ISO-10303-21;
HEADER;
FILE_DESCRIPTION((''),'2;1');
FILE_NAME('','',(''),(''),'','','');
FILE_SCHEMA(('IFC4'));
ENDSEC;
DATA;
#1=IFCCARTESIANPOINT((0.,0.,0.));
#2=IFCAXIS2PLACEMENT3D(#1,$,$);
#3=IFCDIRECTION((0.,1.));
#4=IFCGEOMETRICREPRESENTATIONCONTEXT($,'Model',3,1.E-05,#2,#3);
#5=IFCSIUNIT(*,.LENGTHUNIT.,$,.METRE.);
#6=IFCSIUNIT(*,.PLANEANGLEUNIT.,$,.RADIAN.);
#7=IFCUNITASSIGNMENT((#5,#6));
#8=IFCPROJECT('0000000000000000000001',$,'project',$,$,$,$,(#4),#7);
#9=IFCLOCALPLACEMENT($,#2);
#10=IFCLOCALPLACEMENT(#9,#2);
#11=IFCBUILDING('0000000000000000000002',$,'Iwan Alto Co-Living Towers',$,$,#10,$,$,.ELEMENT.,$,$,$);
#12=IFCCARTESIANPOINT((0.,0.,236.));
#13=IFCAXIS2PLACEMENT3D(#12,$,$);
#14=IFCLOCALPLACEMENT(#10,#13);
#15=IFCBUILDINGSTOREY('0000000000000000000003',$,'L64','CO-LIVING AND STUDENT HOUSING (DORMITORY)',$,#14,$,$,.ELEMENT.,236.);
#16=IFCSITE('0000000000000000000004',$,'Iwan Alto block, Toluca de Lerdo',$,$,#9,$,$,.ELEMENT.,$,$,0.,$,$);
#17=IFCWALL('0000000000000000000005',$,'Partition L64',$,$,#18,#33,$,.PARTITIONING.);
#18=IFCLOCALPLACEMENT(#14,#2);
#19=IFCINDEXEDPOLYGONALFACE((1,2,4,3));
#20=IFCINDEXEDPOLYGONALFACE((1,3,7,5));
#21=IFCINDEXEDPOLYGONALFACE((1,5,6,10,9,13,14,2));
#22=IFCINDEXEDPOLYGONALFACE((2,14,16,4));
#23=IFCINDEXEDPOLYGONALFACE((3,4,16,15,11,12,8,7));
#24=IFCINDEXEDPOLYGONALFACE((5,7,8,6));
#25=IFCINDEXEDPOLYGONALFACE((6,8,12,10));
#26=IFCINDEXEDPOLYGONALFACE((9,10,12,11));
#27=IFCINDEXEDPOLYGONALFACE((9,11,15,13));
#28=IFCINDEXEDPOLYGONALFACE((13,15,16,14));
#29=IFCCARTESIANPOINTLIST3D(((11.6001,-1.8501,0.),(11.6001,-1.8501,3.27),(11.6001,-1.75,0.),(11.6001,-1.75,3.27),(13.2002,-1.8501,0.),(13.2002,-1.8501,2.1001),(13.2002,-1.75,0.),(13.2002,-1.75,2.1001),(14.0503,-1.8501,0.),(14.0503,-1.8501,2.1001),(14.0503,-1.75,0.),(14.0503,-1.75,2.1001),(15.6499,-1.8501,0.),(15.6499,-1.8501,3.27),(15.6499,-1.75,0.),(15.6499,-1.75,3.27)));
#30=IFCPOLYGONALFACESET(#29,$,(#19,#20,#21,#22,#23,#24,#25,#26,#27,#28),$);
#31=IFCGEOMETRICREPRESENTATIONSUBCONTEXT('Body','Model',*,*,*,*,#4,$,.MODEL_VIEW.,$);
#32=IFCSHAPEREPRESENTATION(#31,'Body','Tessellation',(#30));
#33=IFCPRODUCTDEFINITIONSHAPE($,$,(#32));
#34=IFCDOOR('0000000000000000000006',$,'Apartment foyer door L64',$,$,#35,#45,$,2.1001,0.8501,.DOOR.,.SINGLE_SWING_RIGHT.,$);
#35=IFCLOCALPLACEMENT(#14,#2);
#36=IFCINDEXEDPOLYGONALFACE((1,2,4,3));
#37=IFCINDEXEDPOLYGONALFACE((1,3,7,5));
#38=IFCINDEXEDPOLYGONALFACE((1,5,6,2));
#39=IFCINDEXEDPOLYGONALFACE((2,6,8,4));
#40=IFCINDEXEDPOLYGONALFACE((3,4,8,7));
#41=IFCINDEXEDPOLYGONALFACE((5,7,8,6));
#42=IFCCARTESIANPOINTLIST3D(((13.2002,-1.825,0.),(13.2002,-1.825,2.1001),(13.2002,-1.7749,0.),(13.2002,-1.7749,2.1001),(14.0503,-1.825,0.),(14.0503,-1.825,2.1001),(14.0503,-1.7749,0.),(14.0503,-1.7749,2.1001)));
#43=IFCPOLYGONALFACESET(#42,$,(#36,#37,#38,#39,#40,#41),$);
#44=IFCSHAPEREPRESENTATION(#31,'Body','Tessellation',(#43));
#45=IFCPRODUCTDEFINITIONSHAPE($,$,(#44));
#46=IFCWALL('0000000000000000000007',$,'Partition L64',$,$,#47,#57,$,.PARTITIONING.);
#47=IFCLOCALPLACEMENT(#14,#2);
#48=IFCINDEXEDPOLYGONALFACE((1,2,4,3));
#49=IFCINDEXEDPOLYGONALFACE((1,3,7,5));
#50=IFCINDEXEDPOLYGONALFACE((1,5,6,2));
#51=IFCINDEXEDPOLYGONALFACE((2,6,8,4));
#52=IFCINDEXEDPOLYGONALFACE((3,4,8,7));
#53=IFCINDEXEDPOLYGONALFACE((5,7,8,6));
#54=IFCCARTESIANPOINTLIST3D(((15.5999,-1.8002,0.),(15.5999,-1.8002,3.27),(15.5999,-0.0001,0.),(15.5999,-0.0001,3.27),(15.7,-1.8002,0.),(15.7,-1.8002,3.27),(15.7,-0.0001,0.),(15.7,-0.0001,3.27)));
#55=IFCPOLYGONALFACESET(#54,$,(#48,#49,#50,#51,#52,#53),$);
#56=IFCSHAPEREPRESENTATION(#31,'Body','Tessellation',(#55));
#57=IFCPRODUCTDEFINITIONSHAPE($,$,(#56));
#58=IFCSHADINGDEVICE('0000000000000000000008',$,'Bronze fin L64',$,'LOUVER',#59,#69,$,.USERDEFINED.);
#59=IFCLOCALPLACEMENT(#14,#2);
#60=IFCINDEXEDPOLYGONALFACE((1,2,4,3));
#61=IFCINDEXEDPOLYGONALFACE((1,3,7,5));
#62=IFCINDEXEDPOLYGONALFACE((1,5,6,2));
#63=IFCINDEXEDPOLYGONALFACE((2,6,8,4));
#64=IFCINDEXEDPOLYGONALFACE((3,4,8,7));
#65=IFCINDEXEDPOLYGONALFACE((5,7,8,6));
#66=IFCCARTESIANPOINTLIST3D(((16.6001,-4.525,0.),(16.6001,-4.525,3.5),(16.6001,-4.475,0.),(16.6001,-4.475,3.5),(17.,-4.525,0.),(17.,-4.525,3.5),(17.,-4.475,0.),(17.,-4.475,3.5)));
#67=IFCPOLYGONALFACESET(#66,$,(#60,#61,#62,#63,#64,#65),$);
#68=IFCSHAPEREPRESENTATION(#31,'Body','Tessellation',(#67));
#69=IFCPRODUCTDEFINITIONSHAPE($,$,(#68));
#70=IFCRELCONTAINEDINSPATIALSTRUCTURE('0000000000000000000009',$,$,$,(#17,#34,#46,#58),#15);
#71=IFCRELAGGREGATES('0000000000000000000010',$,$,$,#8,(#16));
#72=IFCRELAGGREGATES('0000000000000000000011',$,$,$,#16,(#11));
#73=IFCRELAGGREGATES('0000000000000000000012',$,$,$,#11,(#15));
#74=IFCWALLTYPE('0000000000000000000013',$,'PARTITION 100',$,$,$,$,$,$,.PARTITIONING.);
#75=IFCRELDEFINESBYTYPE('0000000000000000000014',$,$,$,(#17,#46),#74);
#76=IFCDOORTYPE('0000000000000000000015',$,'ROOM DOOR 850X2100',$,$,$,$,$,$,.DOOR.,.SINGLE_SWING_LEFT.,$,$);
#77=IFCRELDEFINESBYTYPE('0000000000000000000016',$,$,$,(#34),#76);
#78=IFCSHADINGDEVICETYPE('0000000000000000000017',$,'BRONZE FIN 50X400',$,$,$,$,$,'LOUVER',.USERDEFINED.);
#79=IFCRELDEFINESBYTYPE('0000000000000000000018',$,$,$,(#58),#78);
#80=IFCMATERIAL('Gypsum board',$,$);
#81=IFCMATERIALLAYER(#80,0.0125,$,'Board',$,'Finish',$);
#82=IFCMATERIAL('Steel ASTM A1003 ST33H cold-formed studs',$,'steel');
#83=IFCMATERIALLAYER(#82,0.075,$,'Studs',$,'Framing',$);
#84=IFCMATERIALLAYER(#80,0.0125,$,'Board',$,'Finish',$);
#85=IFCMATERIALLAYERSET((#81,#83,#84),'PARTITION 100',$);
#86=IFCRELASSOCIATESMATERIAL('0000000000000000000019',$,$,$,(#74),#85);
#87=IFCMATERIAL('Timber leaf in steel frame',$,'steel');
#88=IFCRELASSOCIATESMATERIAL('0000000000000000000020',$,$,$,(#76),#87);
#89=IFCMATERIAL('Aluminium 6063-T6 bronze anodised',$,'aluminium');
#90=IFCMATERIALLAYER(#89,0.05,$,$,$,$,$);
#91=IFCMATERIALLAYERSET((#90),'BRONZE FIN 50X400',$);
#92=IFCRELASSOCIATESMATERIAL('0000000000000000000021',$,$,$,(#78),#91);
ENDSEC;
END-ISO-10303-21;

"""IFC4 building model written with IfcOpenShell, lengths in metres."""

from ifc_helpers import new_model, si_unit, direction, frame, frame_2d, origin, origin_2d, place, context, subcontext, project, spatial, rectangle, extrude, material, layer, layer_set, type_object, element, fill, save


model = new_model("IFC4")

# Units and contexts
model_context = context("Model", 3, precision=1e-05, world=origin(), true_north=direction((0.0, 1.0)))
body_context = subcontext(model_context, "Body", "Model", "MODEL_VIEW")
ifc_project = project(units=[si_unit("LENGTHUNIT", "METRE"), si_unit("PLANEANGLEUNIT", "RADIAN")], contexts=[model_context])

# Site, building, storey
site_placement = place(None, origin())
site = spatial("IfcSite", under=ifc_project, at=site_placement, Name="Iwan Alto block, Toluca de Lerdo", CompositionType="ELEMENT", RefElevation=0.0)
building_placement = place(site_placement, origin())
building = spatial("IfcBuilding", under=site, at=building_placement, Name="Iwan Alto Co-Living Towers", CompositionType="ELEMENT")
storey_placement = place(building_placement, frame((0.0, 0.0, 236.0)))
storey = spatial("IfcBuildingStorey", under=building, at=storey_placement, Name="L64", Description="CO-LIVING AND STUDENT HOUSING (DORMITORY)", CompositionType="ELEMENT", Elevation=236.0)

# Shared definitions
ifc_material_1 = material(Name="Gypsum board")
ifc_material_2 = material(Name="Steel ASTM A1003 ST33H cold-formed studs", Category="steel")

# Shared definitions
ifc_layer_1 = layer(ifc_material_1, 0.0125, Name="Board", Category="Finish")
ifc_layer_2 = layer(ifc_material_2, 0.075, Name="Studs", Category="Framing")
ifc_layer_3 = layer(ifc_material_1, 0.0125, Name="Board", Category="Finish")
ifc_layer_set_1 = layer_set([ifc_layer_1, ifc_layer_2, ifc_layer_3], Name="PARTITION 100")
wall_type_1 = type_object("IfcWallType", Name="PARTITION 100", PredefinedType="PARTITIONING", material=ifc_layer_set_1)

# Wall, opening, door
wall_1_placement = place(storey_placement, frame((11.6001, -1.8, 0.0), z_axis=(0.0, 0.0, 1.0), x_axis=(1.0, 0.0, 0.0)))
wall_1 = element("IfcWall", 1, at=wall_1_placement, inside=storey, type_object=wall_type_1, Name="Partition L64", PredefinedType="PARTITIONING", context=body_context, shape_type="SweptSolid", body=[
    extrude(rectangle(XDim=4.0498, YDim=0.1001, at=frame_2d((2.0249, 0.0))), origin(), (0.0, 0.0, 1.0), 3.27),
])
opening_1_placement = place(wall_1_placement, frame((1.6001, 0.0, 0.0)))
opening_1 = element("IfcOpeningElement", 2, at=opening_1_placement, cuts=wall_1, PredefinedType="OPENING", context=body_context, shape_type="SweptSolid", body=[
    extrude(rectangle(XDim=0.8501, YDim=2.1001, at=frame_2d((0.425, 1.05))), frame((0.0, 0.0601, 0.0), z_axis=(0.0, -1.0, 0.0), x_axis=(1.0, 0.0, 0.0)), (0.0, 0.0, 1.0), 0.1201),
])
ifc_material_3 = material(Name="Timber leaf in steel frame", Category="steel")
door_type_1 = type_object("IfcDoorType", Name="ROOM DOOR 850X2100", OperationType="SINGLE_SWING_LEFT", PredefinedType="DOOR", material=ifc_material_3)
door_1_placement = place(opening_1_placement, frame((0.8501, 0.0, 0.0), z_axis=(0.0, 0.0, 1.0), x_axis=(-1.0, 0.0, 0.0)))
door_1 = element("IfcDoor", 3, at=door_1_placement, inside=storey, type_object=door_type_1, Name="Apartment foyer door L64", OperationType="SINGLE_SWING_RIGHT", OverallHeight=2.1001, OverallWidth=0.8501, PredefinedType="DOOR", context=body_context, shape_type="SweptSolid", body=[
    extrude(rectangle(XDim=0.8501, YDim=2.1001, at=frame_2d((0.425, 1.05))), frame((0.0, 0.0249, 0.0), z_axis=(0.0, -1.0, 0.0), x_axis=(1.0, 0.0, 0.0)), (0.0, 0.0, 1.0), 0.05),
])
fill(opening_1, door_1)

# Wall
wall_2_placement = place(storey_placement, frame((15.6499, -1.8, 0.0), z_axis=(0.0, 0.0, 1.0), x_axis=(0.0, 1.0, 0.0)))
element("IfcWall", 4, at=wall_2_placement, inside=storey, type_object=wall_type_1, Name="Partition L64", PredefinedType="PARTITIONING", context=body_context, shape_type="SweptSolid", body=[
    extrude(rectangle(XDim=1.8, YDim=0.1001, at=frame_2d((0.8999, 0.0))), origin(), (0.0, 0.0, 1.0), 3.27),
])

# Shading device
ifc_material_4 = material(Name="Aluminium 6063-T6 bronze anodised", Category="aluminium")
ifc_layer_4 = layer(ifc_material_4, 0.05)
ifc_layer_set_2 = layer_set([ifc_layer_4], Name="BRONZE FIN 50X400")
shading_device_type = type_object("IfcShadingDeviceType", Name="BRONZE FIN 50X400", ElementType="LOUVER", PredefinedType="USERDEFINED", material=ifc_layer_set_2)
shading_device_placement = place(storey_placement, frame((16.8, -4.5, 0.0), z_axis=(0.0, 0.0, 1.0), x_axis=(0.0, 1.0, 0.0)))
element("IfcShadingDevice", 5, at=shading_device_placement, inside=storey, type_object=shading_device_type, Name="Bronze fin L64", ObjectType="LOUVER", PredefinedType="USERDEFINED", context=body_context, shape_type="SweptSolid", body=[
    extrude(rectangle(XDim=0.05, YDim=0.3999, at=origin_2d()), origin(), (0.0, 0.0, 1.0), 3.5),
])

save(model, "model.ifc")
